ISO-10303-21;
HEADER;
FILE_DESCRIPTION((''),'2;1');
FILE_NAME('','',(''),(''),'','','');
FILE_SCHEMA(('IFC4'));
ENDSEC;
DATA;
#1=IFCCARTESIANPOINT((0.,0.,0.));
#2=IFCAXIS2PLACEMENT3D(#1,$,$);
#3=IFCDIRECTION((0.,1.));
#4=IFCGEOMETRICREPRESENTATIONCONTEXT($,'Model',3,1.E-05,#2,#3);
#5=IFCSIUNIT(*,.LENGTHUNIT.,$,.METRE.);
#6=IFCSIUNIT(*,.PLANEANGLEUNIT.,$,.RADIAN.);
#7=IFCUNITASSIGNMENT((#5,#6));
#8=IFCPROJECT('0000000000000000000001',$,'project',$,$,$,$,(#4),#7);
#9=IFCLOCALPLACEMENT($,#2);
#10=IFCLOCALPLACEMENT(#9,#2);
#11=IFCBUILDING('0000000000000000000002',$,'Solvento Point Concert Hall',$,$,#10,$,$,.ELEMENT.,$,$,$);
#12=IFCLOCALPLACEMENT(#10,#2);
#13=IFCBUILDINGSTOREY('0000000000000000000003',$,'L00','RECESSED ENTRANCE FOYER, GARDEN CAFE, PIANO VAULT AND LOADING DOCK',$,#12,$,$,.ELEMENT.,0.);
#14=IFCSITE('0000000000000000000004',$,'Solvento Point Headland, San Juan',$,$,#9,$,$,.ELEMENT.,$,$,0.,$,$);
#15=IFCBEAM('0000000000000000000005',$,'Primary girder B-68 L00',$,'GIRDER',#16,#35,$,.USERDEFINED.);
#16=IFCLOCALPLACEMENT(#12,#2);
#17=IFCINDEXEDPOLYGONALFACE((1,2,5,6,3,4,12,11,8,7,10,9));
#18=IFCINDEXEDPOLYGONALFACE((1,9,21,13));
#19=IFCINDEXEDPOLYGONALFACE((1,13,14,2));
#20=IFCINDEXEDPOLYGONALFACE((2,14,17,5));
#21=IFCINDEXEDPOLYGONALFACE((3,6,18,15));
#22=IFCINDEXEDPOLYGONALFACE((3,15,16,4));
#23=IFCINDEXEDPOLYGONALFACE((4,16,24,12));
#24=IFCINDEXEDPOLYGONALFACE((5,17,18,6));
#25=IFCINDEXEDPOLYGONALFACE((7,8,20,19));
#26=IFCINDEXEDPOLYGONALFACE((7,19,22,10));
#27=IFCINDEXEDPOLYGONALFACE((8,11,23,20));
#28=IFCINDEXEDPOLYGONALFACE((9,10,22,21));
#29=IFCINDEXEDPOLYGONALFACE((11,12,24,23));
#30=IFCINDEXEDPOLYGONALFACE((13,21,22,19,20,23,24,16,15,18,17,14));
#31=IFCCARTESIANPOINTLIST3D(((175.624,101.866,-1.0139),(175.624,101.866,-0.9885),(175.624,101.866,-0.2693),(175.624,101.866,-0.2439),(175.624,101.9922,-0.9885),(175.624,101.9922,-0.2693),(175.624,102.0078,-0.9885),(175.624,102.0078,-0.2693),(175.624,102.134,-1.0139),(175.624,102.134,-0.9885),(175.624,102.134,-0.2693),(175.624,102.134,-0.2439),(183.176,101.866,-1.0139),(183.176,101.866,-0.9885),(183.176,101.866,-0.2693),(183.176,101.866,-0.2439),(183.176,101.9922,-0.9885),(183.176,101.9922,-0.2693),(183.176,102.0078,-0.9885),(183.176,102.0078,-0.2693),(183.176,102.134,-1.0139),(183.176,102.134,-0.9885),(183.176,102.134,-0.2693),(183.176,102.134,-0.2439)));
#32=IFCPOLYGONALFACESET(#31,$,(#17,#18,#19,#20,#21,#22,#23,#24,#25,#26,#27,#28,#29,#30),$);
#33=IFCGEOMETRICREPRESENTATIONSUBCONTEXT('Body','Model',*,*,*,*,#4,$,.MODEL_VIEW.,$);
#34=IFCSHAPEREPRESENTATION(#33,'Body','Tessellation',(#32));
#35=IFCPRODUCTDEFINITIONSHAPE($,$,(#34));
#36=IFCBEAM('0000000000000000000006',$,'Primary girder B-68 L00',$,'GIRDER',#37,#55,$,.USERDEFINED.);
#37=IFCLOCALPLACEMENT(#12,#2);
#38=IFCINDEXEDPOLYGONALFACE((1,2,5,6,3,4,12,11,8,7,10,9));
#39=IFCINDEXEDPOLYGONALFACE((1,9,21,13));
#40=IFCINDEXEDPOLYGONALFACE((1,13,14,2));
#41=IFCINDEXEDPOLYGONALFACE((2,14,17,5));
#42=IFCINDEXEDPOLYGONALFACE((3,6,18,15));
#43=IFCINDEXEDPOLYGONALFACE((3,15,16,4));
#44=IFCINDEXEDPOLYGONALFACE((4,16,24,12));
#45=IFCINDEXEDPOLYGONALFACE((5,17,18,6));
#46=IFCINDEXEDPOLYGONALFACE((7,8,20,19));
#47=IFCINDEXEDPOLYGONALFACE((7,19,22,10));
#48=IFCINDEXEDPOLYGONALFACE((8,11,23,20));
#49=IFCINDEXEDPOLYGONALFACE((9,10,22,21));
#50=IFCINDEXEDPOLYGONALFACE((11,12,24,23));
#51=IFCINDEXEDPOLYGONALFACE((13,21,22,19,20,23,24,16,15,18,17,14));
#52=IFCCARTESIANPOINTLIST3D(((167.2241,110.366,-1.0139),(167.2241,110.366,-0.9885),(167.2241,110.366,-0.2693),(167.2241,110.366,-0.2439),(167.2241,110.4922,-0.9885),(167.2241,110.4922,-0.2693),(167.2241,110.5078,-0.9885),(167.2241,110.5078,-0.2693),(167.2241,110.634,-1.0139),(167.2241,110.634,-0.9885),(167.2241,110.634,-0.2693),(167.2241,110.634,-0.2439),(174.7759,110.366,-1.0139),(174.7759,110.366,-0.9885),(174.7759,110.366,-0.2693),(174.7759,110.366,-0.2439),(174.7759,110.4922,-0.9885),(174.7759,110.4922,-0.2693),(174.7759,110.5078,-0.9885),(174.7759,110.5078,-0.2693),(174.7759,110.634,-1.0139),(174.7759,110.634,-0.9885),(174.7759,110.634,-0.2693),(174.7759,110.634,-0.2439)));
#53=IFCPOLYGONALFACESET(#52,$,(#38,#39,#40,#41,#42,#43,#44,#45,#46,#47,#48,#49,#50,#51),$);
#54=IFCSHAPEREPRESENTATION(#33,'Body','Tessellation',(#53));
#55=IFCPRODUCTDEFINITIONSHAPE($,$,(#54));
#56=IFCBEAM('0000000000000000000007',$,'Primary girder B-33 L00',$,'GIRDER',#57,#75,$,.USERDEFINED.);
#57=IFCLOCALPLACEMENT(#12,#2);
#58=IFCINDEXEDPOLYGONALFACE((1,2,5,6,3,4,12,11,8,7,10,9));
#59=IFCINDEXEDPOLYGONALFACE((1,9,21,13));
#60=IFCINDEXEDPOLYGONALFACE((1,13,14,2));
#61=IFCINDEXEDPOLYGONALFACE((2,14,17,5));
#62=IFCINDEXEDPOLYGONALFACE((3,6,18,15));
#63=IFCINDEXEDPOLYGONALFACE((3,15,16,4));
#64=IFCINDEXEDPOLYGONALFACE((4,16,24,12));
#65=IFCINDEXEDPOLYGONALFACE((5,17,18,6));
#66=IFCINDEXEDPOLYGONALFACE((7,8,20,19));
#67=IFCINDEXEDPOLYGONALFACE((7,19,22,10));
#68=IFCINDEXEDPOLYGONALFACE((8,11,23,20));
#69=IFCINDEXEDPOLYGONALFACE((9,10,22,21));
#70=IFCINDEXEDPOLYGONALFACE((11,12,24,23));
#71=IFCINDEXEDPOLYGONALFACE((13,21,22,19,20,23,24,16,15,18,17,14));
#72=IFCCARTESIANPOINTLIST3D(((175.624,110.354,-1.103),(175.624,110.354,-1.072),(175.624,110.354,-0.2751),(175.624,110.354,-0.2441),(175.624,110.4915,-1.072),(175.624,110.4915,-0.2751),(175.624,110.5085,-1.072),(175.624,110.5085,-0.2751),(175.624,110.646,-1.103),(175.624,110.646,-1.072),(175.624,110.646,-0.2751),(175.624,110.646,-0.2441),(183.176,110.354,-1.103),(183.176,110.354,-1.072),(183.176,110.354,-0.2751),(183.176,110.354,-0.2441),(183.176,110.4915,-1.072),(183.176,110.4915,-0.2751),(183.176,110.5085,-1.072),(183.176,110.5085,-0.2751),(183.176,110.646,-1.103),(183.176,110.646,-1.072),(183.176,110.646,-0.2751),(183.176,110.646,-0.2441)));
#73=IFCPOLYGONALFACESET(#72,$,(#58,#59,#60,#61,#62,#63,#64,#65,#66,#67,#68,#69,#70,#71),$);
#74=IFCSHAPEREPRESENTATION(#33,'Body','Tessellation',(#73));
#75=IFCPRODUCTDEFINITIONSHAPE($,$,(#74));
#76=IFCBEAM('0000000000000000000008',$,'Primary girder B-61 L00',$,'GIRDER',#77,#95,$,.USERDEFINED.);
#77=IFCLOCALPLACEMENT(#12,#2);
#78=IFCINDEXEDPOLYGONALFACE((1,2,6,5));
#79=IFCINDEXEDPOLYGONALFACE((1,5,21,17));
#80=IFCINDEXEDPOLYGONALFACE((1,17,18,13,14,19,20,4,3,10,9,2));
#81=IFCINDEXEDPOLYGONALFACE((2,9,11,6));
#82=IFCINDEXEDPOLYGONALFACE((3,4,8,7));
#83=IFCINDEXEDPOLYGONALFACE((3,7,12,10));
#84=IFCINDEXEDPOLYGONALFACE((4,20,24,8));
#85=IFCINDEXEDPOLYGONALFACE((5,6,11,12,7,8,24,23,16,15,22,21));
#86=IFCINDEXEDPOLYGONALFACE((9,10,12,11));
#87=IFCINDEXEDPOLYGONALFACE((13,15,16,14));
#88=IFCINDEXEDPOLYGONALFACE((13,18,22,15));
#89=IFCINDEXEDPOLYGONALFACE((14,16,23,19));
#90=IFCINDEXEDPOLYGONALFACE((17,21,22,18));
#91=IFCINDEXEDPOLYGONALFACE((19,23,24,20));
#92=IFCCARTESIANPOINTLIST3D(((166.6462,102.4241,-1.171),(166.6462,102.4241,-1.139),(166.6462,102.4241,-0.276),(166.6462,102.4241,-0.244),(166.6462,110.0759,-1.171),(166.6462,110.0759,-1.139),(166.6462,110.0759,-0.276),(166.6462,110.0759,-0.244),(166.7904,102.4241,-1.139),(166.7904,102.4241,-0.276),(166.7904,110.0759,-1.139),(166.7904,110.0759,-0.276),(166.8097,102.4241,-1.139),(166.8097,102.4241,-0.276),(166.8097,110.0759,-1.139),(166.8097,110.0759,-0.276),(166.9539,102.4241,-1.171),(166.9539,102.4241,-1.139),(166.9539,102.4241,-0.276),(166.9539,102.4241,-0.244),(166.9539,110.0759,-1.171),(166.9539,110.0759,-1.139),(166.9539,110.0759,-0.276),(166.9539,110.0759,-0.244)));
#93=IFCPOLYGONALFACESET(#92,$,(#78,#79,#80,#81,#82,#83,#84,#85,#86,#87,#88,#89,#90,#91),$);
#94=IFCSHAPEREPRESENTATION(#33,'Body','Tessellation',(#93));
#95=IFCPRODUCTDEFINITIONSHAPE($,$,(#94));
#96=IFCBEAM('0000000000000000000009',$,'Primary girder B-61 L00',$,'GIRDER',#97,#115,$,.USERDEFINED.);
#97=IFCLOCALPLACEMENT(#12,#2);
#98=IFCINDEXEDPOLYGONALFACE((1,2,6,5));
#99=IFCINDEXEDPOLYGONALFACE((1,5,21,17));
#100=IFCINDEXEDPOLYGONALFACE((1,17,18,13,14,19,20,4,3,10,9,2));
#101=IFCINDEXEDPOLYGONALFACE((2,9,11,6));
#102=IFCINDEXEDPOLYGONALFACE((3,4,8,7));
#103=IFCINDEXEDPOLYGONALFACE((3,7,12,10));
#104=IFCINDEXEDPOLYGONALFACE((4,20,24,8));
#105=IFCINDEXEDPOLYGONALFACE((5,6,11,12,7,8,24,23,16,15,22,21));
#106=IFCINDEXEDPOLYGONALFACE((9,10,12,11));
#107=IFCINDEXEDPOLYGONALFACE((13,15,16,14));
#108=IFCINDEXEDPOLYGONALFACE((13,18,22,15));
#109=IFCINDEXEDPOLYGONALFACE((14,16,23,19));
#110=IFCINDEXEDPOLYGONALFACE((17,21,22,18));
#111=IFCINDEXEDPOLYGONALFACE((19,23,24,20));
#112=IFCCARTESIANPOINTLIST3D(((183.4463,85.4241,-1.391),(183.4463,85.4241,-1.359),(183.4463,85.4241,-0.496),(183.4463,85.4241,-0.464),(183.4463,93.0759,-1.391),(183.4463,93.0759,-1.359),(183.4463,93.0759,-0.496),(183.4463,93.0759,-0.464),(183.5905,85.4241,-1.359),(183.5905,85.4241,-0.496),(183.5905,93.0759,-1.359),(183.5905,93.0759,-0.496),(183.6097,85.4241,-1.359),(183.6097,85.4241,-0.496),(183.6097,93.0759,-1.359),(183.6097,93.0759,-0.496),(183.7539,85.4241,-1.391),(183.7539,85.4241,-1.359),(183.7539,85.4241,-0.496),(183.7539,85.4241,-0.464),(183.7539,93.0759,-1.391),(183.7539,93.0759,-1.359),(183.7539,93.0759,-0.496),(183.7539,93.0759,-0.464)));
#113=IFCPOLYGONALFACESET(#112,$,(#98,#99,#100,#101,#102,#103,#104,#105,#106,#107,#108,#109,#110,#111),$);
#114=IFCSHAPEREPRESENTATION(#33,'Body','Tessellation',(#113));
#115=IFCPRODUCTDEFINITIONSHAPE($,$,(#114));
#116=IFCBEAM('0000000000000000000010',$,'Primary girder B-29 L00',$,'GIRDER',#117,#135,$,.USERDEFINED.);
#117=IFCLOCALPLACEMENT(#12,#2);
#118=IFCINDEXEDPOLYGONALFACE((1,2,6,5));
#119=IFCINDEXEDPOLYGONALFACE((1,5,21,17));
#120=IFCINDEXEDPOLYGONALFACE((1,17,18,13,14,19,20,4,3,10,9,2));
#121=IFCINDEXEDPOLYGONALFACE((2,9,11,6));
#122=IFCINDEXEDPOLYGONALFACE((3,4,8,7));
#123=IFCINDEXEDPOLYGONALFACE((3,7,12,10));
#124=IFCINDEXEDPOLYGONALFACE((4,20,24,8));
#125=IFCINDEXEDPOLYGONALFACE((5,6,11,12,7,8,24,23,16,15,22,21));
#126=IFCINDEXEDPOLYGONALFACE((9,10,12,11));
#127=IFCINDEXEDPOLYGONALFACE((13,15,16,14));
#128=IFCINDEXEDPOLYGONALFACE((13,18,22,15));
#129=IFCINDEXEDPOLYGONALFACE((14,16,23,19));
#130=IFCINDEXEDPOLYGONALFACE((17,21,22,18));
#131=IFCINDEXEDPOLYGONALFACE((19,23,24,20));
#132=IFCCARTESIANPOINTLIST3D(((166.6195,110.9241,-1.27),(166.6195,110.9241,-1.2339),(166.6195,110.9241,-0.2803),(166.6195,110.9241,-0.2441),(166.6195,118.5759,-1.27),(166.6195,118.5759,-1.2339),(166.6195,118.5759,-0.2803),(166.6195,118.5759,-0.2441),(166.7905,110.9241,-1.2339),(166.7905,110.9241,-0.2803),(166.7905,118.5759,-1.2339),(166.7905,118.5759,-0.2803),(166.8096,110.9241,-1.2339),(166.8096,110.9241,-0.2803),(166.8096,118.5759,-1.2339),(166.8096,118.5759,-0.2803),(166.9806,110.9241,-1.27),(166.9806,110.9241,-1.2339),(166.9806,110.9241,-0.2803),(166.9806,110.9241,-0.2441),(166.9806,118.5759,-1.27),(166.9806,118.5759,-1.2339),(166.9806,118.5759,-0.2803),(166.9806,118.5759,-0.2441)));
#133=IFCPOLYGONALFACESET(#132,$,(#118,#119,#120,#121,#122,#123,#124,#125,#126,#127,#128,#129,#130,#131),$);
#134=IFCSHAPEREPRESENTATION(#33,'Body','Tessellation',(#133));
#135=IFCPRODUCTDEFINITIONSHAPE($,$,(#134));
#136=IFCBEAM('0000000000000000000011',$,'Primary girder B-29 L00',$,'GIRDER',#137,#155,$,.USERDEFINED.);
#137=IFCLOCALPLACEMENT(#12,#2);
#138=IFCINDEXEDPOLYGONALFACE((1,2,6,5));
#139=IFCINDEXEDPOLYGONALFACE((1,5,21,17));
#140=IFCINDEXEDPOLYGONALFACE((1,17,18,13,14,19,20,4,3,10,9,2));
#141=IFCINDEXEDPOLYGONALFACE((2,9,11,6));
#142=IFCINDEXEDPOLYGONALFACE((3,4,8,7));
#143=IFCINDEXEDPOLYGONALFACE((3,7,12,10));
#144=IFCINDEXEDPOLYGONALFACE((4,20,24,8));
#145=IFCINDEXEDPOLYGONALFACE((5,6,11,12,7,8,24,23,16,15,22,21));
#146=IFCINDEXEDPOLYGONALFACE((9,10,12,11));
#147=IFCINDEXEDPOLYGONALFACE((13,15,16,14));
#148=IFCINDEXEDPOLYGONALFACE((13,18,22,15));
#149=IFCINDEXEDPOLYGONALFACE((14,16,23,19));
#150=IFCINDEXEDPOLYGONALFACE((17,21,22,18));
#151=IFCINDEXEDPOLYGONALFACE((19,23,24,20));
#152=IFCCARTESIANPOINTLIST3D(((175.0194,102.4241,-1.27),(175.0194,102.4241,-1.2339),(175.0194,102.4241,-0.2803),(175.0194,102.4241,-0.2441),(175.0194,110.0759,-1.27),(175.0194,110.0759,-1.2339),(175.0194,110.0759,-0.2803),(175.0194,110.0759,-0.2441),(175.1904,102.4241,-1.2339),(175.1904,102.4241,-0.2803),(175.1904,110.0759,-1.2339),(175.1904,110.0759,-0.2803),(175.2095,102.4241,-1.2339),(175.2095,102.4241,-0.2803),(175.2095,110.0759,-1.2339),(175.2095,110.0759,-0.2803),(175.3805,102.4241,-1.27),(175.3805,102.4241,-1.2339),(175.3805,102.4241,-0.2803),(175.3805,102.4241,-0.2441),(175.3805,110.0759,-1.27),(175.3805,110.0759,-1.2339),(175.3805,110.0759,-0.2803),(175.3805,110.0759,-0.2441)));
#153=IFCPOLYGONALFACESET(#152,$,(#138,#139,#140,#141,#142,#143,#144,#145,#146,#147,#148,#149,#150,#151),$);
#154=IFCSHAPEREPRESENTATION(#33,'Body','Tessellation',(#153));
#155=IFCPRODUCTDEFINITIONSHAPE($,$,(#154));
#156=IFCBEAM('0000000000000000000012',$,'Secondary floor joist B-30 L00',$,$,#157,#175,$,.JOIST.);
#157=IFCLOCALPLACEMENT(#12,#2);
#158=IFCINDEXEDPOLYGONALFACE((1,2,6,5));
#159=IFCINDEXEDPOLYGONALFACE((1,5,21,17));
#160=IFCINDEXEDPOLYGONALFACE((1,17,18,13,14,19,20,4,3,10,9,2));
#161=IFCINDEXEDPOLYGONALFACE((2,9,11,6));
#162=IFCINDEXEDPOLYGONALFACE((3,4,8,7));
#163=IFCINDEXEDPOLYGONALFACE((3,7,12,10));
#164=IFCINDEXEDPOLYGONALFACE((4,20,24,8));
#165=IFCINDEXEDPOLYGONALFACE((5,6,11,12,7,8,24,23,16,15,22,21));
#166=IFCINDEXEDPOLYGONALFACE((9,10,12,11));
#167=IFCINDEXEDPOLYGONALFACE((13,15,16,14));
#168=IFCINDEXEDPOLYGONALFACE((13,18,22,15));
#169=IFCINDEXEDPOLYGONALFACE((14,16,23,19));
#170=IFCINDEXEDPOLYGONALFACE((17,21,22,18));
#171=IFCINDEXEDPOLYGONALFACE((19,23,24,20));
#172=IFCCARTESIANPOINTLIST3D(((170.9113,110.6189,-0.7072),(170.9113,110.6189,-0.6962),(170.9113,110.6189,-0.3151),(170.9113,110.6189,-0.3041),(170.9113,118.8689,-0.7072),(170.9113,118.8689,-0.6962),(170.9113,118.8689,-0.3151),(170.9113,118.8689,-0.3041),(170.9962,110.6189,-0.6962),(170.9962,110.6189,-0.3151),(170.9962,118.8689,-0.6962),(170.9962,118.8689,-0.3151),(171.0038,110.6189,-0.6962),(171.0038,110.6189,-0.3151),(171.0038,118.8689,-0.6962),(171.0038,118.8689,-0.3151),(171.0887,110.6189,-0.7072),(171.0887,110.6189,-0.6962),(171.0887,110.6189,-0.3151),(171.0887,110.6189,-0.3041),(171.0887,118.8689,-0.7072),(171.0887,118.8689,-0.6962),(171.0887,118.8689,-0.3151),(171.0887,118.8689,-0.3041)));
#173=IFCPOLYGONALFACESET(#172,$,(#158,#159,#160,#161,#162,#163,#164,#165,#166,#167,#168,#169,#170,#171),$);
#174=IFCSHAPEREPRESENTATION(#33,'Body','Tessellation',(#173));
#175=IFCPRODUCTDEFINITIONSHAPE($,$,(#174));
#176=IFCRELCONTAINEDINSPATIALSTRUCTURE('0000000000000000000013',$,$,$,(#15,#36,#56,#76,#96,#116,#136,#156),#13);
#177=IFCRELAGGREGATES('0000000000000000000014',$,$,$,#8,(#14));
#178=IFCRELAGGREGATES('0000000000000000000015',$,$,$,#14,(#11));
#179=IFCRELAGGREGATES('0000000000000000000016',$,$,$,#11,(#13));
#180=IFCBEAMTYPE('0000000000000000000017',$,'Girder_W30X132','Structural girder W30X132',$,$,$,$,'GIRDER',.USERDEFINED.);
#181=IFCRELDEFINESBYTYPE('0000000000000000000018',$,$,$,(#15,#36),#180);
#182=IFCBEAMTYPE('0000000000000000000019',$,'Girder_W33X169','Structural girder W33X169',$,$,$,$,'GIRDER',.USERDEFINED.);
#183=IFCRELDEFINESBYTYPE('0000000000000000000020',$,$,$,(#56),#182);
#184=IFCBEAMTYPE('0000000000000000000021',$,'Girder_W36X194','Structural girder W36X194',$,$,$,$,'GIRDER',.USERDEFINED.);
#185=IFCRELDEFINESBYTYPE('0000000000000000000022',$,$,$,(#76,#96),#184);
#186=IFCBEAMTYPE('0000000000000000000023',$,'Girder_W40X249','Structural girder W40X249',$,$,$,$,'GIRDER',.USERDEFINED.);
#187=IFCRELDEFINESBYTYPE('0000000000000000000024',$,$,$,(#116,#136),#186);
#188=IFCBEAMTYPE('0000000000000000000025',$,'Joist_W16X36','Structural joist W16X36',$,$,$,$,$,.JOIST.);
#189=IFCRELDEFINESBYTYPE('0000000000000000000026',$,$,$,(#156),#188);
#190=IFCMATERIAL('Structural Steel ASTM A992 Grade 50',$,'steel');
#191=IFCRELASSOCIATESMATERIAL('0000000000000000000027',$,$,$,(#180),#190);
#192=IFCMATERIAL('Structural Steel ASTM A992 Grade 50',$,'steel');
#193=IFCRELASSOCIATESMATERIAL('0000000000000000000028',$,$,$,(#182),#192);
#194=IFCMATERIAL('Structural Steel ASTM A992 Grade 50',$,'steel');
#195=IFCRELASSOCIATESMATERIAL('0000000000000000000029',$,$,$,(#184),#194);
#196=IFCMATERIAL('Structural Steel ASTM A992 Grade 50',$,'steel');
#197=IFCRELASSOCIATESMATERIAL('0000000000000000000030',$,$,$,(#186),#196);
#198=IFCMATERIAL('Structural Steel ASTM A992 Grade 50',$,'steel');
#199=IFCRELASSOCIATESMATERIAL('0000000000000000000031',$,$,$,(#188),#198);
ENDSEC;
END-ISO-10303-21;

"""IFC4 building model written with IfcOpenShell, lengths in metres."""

from ifc_helpers import new_model, si_unit, direction, frame, origin, origin_2d, place, context, subcontext, project, spatial, i_section, extrude, material, material_profile, profile_set, type_object, element, save


model = new_model("IFC4")

# Units and contexts
model_context = context("Model", 3, precision=1e-05, world=origin(), true_north=direction((0.0, 1.0)))
body_context = subcontext(model_context, "Body", "Model", "MODEL_VIEW")
ifc_project = project(units=[si_unit("LENGTHUNIT", "METRE"), si_unit("PLANEANGLEUNIT", "RADIAN")], contexts=[model_context])

# Site, building, storey
site_placement = place(None, origin())
site = spatial("IfcSite", under=ifc_project, at=site_placement, Name="Solvento Point Headland, San Juan", CompositionType="ELEMENT", RefElevation=0.0)
building_placement = place(site_placement, origin())
building = spatial("IfcBuilding", under=site, at=building_placement, Name="Solvento Point Concert Hall", CompositionType="ELEMENT")
storey_placement = place(building_placement, origin())
storey = spatial("IfcBuildingStorey", under=building, at=storey_placement, Name="L00", Description="RECESSED ENTRANCE FOYER, GARDEN CAFE, PIANO VAULT AND LOADING DOCK", CompositionType="ELEMENT", Elevation=0.0)

# Beams
ifc_material_1 = material(Name="Structural Steel ASTM A992 Grade 50", Category="steel")
ifc_material_profile_1 = material_profile(ifc_material_1, i_section(OverallWidth=0.2681, OverallDepth=0.77, WebThickness=0.0156, FlangeThickness=0.0254, at=origin_2d()), Name="W30X132")
ifc_profile_set_1 = profile_set([ifc_material_profile_1], Name="Structural Steel ASTM A992 Grade 50")
beam_type_1 = type_object("IfcBeamType", Name="Girder_W30X132", Description="Structural girder W30X132", ElementType="GIRDER", PredefinedType="USERDEFINED", material=ifc_profile_set_1)
beam_1_placement = place(storey_placement, frame((175.624, 102.0, -0.6289), z_axis=(1.0, 0.0, 0.0), x_axis=(0.0, 1.0, 0.0)))
element("IfcBeam", 1, at=beam_1_placement, inside=storey, type_object=beam_type_1, Name="Primary girder B-68 L00", ObjectType="GIRDER", PredefinedType="USERDEFINED", context=body_context, shape_type="SweptSolid", body=[
    extrude(i_section(OverallWidth=0.2681, OverallDepth=0.77, WebThickness=0.0156, FlangeThickness=0.0254, at=origin_2d()), origin(), (0.0, 0.0, 1.0), 7.552),
])
beam_2_placement = place(storey_placement, frame((167.2241, 110.5, -0.6289), z_axis=(1.0, 0.0, 0.0), x_axis=(0.0, 1.0, 0.0)))
element("IfcBeam", 2, at=beam_2_placement, inside=storey, type_object=beam_type_1, Name="Primary girder B-68 L00", ObjectType="GIRDER", PredefinedType="USERDEFINED", context=body_context, shape_type="SweptSolid", body=[
    extrude(i_section(OverallWidth=0.2681, OverallDepth=0.77, WebThickness=0.0156, FlangeThickness=0.0254, at=origin_2d()), origin(), (0.0, 0.0, 1.0), 7.5518),
])
ifc_material_2 = material(Name="Structural Steel ASTM A992 Grade 50", Category="steel")
ifc_material_profile_2 = material_profile(ifc_material_2, i_section(OverallWidth=0.292, OverallDepth=0.8589, WebThickness=0.0171, FlangeThickness=0.031, at=origin_2d()), Name="W33X169")
ifc_profile_set_2 = profile_set([ifc_material_profile_2], Name="Structural Steel ASTM A992 Grade 50")
beam_type_2 = type_object("IfcBeamType", Name="Girder_W33X169", Description="Structural girder W33X169", ElementType="GIRDER", PredefinedType="USERDEFINED", material=ifc_profile_set_2)
beam_3_placement = place(storey_placement, frame((175.624, 110.5, -0.6736), z_axis=(1.0, 0.0, 0.0), x_axis=(0.0, 1.0, 0.0)))
element("IfcBeam", 3, at=beam_3_placement, inside=storey, type_object=beam_type_2, Name="Primary girder B-33 L00", ObjectType="GIRDER", PredefinedType="USERDEFINED", context=body_context, shape_type="SweptSolid", body=[
    extrude(i_section(OverallWidth=0.292, OverallDepth=0.8589, WebThickness=0.0171, FlangeThickness=0.031, at=origin_2d()), origin(), (0.0, 0.0, 1.0), 7.552),
])
ifc_material_3 = material(Name="Structural Steel ASTM A992 Grade 50", Category="steel")
ifc_material_profile_3 = material_profile(ifc_material_3, i_section(OverallWidth=0.3076, OverallDepth=0.927, WebThickness=0.0193, FlangeThickness=0.032, at=origin_2d()), Name="W36X194")
ifc_profile_set_3 = profile_set([ifc_material_profile_3], Name="Structural Steel ASTM A992 Grade 50")
beam_type_3 = type_object("IfcBeamType", Name="Girder_W36X194", Description="Structural girder W36X194", ElementType="GIRDER", PredefinedType="USERDEFINED", material=ifc_profile_set_3)
for number, where, z_axis, x_axis, name in (
    (4, (166.8, 102.4241, -0.7075), (0.0, 1.0, 0.0), (-1.0, 0.0, 0.0), "Primary girder B-61 L00"),
    (5, (183.6001, 85.4241, -0.9275), (0.0, 1.0, 0.0), (-1.0, 0.0, 0.0), "Primary girder B-61 L00"),
):
    element("IfcBeam", number, at=place(storey_placement, frame(where, z_axis=z_axis, x_axis=x_axis)), inside=storey, type_object=beam_type_3, Name=name, ObjectType="GIRDER", PredefinedType="USERDEFINED", context=body_context, shape_type="SweptSolid", body=[
        extrude(i_section(OverallWidth=0.3076, OverallDepth=0.927, WebThickness=0.0193, FlangeThickness=0.032, at=origin_2d()), origin(), (0.0, 0.0, 1.0), 7.6519),
    ])
ifc_material_4 = material(Name="Structural Steel ASTM A992 Grade 50", Category="steel")
ifc_material_profile_4 = material_profile(ifc_material_4, i_section(OverallWidth=0.3611, OverallDepth=1.0259, WebThickness=0.019, FlangeThickness=0.0361, at=origin_2d()), Name="W40X249")
ifc_profile_set_4 = profile_set([ifc_material_profile_4], Name="Structural Steel ASTM A992 Grade 50")
beam_type_4 = type_object("IfcBeamType", Name="Girder_W40X249", Description="Structural girder W40X249", ElementType="GIRDER", PredefinedType="USERDEFINED", material=ifc_profile_set_4)
for number, where, z_axis, x_axis, name in (
    (6, (166.8, 110.9241, -0.7571), (0.0, 1.0, 0.0), (-1.0, 0.0, 0.0), "Primary girder B-29 L00"),
    (7, (175.2, 102.4241, -0.7571), (0.0, 1.0, 0.0), (-1.0, 0.0, 0.0), "Primary girder B-29 L00"),
):
    element("IfcBeam", number, at=place(storey_placement, frame(where, z_axis=z_axis, x_axis=x_axis)), inside=storey, type_object=beam_type_4, Name=name, ObjectType="GIRDER", PredefinedType="USERDEFINED", context=body_context, shape_type="SweptSolid", body=[
        extrude(i_section(OverallWidth=0.3611, OverallDepth=1.0259, WebThickness=0.019, FlangeThickness=0.0361, at=origin_2d()), origin(), (0.0, 0.0, 1.0), 7.6519),
    ])
ifc_material_5 = material(Name="Structural Steel ASTM A992 Grade 50", Category="steel")
ifc_material_profile_5 = material_profile(ifc_material_5, i_section(OverallWidth=0.1775, OverallDepth=0.4031, WebThickness=0.0076, FlangeThickness=0.011, at=origin_2d()), Name="W16X36")
ifc_profile_set_5 = profile_set([ifc_material_profile_5], Name="Structural Steel ASTM A992 Grade 50")
beam_type_5 = type_object("IfcBeamType", Name="Joist_W16X36", Description="Structural joist W16X36", PredefinedType="JOIST", material=ifc_profile_set_5)
for number, where, z_axis, x_axis, name in (
    (8, (171.0, 110.6189, -0.5056), (0.0, 1.0, 0.0), (-1.0, 0.0, 0.0), "Secondary floor joist B-30 L00"),
):
    element("IfcBeam", number, at=place(storey_placement, frame(where, z_axis=z_axis, x_axis=x_axis)), inside=storey, type_object=beam_type_5, Name=name, PredefinedType="JOIST", context=body_context, shape_type="SweptSolid", body=[
        extrude(i_section(OverallWidth=0.1775, OverallDepth=0.4031, WebThickness=0.0076, FlangeThickness=0.011, at=origin_2d()), origin(), (0.0, 0.0, 1.0), 8.25),
    ])

save(model, "model.ifc")
